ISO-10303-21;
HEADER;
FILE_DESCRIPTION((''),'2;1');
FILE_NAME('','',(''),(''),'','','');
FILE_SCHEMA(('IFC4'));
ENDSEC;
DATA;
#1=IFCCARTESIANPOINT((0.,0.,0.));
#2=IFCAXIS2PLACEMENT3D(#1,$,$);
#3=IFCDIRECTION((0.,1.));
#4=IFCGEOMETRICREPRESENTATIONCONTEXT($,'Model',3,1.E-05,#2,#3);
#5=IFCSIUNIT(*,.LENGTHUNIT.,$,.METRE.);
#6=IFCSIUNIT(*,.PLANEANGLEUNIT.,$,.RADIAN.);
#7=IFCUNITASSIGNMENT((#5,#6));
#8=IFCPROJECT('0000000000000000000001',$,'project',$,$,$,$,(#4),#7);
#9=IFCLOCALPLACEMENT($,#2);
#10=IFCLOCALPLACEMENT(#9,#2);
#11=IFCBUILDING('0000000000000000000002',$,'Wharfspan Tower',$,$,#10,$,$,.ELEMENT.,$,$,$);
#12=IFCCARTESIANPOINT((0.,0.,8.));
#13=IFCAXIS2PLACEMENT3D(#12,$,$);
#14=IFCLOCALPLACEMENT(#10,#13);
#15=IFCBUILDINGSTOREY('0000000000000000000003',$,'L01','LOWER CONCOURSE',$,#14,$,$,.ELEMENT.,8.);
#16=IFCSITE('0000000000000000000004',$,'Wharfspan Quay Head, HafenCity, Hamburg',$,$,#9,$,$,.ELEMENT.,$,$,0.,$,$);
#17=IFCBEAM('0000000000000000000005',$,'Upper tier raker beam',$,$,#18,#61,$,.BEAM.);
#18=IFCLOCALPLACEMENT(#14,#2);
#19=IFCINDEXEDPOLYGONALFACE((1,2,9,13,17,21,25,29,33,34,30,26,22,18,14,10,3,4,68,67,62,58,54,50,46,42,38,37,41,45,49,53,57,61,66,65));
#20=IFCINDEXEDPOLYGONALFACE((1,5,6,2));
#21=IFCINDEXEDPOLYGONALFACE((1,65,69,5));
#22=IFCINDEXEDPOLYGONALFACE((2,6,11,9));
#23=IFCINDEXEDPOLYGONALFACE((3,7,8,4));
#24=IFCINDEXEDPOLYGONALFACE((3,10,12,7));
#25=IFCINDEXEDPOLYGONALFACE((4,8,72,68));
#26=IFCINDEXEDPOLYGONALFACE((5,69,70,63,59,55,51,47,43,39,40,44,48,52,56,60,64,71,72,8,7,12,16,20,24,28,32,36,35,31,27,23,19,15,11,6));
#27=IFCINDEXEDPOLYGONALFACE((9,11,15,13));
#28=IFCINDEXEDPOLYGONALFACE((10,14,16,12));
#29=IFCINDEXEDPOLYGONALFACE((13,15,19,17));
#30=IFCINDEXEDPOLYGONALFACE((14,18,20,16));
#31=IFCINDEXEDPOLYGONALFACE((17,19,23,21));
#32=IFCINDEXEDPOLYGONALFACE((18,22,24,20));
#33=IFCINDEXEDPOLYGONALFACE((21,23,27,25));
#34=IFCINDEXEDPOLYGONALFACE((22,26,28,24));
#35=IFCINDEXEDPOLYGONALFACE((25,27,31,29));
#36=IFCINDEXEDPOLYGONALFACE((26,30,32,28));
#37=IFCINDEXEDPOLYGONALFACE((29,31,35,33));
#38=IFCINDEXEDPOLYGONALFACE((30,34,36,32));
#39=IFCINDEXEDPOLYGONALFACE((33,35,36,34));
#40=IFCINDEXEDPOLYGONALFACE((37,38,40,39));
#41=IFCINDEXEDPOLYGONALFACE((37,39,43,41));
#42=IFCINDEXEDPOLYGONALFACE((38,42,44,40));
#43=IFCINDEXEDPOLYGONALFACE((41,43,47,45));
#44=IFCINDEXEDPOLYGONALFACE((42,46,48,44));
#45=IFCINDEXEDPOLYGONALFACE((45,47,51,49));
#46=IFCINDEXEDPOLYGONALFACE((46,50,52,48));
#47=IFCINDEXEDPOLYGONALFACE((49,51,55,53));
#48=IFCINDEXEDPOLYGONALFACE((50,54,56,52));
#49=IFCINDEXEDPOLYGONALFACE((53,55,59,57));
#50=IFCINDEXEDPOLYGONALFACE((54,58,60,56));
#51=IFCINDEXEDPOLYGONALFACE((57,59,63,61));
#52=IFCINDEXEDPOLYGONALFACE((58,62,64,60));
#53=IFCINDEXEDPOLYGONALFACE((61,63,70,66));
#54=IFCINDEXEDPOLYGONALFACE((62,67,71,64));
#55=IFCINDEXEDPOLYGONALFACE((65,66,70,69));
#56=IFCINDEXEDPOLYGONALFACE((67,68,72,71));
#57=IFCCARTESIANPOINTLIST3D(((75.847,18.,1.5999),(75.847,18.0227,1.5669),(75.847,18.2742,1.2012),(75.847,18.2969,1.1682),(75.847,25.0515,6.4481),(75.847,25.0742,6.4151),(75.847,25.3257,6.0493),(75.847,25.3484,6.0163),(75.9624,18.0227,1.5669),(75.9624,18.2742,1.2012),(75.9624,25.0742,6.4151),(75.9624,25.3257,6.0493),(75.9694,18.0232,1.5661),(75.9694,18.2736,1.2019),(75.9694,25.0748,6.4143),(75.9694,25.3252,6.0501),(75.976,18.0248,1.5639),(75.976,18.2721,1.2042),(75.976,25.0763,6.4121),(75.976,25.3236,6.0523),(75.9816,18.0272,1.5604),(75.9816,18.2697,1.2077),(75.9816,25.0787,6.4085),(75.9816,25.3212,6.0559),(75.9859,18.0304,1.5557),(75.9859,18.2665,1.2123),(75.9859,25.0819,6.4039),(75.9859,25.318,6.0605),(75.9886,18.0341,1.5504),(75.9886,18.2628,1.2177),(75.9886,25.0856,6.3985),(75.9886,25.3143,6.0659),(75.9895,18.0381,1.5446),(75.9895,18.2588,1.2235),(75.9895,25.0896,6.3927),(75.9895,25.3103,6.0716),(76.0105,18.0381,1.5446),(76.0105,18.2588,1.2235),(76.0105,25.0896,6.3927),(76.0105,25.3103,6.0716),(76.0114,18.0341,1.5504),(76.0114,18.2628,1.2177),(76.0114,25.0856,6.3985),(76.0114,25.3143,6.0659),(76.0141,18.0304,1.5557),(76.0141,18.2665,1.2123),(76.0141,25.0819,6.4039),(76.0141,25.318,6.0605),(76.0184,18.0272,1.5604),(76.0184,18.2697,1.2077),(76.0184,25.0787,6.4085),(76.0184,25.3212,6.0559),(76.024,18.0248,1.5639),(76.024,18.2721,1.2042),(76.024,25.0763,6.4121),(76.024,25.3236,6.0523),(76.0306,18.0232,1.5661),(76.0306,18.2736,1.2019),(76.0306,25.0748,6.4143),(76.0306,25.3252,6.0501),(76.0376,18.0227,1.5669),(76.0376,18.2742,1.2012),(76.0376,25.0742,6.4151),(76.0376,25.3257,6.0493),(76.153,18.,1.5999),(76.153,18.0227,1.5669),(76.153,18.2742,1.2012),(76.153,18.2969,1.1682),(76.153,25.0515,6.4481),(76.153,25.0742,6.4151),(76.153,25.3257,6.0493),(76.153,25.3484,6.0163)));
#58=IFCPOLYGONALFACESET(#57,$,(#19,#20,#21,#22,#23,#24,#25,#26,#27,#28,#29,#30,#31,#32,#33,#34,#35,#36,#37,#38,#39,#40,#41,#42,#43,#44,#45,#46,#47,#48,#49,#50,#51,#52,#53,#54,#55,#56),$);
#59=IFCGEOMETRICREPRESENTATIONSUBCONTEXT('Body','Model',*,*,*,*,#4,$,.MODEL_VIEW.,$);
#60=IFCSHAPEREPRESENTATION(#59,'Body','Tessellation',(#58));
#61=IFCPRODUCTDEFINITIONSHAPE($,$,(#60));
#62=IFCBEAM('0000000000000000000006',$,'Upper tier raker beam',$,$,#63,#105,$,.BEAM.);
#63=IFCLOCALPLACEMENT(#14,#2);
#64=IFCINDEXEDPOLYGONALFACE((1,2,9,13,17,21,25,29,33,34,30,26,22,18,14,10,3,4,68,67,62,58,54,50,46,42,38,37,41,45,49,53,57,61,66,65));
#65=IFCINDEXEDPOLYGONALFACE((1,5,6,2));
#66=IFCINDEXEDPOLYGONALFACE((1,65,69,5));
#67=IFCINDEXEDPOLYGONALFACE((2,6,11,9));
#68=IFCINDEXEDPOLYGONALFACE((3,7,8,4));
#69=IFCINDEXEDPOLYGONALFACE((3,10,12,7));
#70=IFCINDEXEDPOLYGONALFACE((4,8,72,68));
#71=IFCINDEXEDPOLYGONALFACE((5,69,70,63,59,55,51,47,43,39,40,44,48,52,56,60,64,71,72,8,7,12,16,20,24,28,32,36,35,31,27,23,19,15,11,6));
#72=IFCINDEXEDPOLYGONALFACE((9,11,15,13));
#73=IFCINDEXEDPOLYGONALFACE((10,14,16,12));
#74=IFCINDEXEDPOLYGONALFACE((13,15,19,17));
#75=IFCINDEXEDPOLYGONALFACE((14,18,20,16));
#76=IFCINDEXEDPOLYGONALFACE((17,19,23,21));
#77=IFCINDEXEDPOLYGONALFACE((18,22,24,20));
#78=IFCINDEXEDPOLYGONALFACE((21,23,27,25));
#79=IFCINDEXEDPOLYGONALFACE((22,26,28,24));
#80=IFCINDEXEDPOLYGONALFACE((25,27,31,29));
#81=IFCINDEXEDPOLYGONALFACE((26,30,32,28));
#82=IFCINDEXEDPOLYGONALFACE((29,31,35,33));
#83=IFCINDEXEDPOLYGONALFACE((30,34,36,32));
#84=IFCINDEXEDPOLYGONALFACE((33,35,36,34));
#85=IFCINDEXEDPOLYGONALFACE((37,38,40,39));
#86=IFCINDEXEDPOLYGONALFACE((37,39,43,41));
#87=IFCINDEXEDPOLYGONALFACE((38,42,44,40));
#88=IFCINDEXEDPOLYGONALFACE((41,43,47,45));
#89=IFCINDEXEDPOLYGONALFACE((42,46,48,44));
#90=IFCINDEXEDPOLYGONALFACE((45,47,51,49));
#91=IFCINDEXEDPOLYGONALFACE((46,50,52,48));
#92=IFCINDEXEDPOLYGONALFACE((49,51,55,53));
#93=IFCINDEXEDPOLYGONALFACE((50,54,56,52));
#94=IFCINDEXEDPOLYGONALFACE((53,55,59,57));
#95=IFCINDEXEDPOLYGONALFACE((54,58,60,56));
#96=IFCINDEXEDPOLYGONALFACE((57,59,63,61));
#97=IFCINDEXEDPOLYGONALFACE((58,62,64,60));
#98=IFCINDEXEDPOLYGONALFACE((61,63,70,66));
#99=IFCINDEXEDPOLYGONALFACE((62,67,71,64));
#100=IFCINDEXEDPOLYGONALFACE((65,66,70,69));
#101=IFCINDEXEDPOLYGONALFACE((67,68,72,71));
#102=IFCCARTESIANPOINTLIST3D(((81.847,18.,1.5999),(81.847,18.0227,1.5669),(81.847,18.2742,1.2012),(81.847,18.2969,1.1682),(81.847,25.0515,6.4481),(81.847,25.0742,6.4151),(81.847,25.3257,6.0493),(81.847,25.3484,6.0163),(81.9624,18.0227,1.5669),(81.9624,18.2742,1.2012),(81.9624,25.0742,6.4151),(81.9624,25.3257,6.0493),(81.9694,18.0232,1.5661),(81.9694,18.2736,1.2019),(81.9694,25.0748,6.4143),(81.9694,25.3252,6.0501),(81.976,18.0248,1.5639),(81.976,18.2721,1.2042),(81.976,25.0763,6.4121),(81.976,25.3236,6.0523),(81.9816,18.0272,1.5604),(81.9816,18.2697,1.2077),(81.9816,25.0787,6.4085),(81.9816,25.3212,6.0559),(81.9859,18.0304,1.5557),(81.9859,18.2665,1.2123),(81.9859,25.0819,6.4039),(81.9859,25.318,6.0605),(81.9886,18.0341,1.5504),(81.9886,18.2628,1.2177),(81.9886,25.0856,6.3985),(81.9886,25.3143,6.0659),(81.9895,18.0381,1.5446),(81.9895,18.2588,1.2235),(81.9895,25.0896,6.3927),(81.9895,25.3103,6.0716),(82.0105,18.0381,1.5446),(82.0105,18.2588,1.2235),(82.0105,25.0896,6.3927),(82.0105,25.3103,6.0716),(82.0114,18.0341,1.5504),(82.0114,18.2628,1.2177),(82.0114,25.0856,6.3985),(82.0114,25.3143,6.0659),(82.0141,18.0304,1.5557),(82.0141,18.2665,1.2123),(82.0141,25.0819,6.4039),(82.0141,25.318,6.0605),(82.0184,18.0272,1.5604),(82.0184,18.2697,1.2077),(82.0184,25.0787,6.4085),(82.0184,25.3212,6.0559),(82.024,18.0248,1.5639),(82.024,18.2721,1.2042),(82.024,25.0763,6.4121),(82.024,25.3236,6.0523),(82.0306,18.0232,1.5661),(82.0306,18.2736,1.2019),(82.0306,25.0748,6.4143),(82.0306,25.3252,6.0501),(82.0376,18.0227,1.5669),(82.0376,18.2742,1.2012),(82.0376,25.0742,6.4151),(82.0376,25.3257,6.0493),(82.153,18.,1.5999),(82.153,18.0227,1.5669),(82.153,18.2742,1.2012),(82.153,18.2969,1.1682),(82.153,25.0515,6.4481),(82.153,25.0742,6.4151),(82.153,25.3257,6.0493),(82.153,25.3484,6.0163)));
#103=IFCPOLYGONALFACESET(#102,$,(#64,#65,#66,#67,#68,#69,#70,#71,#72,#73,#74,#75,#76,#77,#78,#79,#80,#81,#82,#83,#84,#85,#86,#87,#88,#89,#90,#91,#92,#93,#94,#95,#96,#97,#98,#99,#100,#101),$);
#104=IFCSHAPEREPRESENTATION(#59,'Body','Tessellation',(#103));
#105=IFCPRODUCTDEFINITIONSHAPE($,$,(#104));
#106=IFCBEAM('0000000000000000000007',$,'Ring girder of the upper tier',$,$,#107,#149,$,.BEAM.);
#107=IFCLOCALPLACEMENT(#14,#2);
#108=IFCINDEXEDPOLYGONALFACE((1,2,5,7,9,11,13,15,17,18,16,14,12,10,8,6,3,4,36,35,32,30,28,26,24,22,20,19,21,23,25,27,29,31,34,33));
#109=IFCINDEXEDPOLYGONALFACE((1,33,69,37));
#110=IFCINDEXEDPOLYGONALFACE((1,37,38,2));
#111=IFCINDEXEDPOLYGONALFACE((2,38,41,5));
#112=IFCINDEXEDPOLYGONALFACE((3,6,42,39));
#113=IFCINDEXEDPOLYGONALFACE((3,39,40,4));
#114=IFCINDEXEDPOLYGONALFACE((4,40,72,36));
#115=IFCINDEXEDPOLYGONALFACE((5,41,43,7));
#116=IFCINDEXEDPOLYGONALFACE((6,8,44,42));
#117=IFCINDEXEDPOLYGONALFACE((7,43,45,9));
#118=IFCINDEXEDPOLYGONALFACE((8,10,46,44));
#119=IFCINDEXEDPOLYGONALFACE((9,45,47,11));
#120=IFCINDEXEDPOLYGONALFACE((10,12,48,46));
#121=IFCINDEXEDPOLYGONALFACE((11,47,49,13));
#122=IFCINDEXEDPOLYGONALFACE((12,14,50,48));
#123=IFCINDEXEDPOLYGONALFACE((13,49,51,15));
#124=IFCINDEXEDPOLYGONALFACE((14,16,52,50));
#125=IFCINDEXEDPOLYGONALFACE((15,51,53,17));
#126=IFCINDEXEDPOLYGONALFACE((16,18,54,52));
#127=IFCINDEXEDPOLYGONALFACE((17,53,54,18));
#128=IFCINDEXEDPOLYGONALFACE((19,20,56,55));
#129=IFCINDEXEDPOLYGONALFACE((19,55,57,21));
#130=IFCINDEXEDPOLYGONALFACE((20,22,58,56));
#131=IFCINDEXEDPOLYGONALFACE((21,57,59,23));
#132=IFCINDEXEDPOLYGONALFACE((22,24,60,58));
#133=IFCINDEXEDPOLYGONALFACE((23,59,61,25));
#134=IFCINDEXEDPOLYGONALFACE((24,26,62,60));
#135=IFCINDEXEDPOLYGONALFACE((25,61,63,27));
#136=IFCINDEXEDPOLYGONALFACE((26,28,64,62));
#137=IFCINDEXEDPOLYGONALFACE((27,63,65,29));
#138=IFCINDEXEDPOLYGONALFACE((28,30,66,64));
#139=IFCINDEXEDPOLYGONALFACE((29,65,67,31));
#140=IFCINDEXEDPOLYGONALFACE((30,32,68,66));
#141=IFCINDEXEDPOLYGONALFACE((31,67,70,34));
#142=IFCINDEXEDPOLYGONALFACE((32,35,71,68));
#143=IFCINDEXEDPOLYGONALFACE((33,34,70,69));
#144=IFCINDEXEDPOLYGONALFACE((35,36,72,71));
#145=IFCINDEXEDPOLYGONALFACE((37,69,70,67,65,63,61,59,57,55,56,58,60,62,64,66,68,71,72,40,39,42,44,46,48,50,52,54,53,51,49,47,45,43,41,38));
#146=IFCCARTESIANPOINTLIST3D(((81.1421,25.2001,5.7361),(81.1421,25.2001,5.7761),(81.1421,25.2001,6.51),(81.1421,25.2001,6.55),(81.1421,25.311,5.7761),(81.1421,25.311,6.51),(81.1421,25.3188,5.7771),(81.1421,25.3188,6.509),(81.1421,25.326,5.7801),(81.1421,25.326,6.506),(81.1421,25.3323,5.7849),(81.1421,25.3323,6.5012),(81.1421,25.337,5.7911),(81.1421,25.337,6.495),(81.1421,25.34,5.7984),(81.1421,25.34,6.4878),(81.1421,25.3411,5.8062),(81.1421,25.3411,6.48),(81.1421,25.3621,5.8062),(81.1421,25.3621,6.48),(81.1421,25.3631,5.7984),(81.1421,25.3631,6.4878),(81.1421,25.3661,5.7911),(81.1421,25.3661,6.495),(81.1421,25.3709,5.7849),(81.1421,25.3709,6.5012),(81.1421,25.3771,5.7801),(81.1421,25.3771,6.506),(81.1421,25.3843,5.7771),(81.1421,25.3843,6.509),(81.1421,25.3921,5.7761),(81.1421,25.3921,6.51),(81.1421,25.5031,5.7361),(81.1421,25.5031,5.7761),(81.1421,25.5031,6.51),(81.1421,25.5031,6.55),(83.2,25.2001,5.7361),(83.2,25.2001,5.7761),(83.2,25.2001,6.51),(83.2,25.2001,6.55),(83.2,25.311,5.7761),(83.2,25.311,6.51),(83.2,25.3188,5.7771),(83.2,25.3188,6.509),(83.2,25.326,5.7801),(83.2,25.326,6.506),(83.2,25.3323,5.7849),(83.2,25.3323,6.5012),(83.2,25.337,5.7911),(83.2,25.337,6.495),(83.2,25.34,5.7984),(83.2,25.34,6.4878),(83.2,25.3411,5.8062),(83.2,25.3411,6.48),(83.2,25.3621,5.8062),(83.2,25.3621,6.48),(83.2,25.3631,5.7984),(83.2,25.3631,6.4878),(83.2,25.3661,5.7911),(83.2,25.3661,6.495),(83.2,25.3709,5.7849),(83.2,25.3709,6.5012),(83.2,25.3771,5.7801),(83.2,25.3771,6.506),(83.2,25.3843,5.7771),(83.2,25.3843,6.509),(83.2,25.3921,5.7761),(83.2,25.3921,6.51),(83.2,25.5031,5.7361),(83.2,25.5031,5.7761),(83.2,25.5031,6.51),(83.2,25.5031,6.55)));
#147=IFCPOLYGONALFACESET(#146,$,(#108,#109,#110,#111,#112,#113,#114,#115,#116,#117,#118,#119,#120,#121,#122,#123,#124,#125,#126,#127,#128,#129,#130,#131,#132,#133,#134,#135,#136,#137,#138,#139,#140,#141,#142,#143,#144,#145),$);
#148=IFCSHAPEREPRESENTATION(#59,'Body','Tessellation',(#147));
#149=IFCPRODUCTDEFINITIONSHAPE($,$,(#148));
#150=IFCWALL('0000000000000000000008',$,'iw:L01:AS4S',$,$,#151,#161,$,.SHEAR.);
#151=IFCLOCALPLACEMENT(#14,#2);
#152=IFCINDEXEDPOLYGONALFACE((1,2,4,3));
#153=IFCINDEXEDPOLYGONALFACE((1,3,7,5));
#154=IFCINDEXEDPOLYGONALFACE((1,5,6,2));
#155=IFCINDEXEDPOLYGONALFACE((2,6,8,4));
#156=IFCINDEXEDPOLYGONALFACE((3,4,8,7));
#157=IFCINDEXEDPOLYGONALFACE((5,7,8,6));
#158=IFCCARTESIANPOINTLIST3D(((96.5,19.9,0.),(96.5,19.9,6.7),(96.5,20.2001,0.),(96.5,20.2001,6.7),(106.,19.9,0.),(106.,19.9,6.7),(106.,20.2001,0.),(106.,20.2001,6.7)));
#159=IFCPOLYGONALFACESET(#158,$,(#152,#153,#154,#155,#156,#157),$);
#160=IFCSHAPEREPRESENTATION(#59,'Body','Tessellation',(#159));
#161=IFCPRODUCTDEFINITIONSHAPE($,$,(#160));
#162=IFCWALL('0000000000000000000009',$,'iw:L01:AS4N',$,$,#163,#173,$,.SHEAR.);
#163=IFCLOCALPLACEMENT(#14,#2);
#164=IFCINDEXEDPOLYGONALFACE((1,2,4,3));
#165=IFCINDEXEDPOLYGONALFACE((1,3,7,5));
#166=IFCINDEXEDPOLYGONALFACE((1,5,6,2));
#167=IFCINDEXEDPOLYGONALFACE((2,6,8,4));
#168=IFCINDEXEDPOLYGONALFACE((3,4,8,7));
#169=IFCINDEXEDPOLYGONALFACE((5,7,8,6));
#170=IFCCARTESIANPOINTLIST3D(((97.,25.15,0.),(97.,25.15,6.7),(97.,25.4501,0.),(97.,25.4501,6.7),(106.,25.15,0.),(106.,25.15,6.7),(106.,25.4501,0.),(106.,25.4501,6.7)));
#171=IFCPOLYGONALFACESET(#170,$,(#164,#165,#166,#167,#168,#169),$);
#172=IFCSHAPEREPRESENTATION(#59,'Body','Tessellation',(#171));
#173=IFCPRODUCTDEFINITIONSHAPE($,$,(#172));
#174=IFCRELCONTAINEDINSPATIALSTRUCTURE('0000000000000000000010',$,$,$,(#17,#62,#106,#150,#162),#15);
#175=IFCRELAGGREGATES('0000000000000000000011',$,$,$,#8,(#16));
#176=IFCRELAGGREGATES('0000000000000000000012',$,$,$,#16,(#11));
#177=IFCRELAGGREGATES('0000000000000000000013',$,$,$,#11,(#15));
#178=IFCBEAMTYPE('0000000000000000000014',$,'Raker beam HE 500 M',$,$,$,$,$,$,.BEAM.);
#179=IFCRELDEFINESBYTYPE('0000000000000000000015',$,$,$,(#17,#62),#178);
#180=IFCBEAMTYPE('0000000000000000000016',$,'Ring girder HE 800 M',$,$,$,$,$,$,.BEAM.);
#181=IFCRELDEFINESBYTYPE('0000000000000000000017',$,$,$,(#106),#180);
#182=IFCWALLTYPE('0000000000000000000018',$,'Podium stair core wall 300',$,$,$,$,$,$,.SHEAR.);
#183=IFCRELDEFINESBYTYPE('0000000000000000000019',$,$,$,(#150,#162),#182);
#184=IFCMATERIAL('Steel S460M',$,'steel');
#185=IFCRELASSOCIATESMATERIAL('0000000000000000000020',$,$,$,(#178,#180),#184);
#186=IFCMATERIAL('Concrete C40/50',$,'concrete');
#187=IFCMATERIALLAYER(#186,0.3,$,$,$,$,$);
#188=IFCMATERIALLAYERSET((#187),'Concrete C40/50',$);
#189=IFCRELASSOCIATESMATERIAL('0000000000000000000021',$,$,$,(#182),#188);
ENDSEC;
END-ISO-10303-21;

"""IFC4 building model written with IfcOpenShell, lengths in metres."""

from ifc_helpers import new_model, si_unit, direction, frame, frame_2d, origin, origin_2d, place, context, subcontext, project, spatial, rectangle, i_section, extrude, material, layer, layer_set, material_profile, profile_set, type_object, element, save


model = new_model("IFC4")

# Units and contexts
model_context = context("Model", 3, precision=1e-05, world=origin(), true_north=direction((0.0, 1.0)))
body_context = subcontext(model_context, "Body", "Model", "MODEL_VIEW")
ifc_project = project(units=[si_unit("LENGTHUNIT", "METRE"), si_unit("PLANEANGLEUNIT", "RADIAN")], contexts=[model_context])

# Site, building, storey
site_placement = place(None, origin())
site = spatial("IfcSite", under=ifc_project, at=site_placement, Name="Wharfspan Quay Head, HafenCity, Hamburg", CompositionType="ELEMENT", RefElevation=0.0)
building_placement = place(site_placement, origin())
building = spatial("IfcBuilding", under=site, at=building_placement, Name="Wharfspan Tower", CompositionType="ELEMENT")
storey_placement = place(building_placement, frame((0.0, 0.0, 8.0)))
storey = spatial("IfcBuildingStorey", under=building, at=storey_placement, Name="L01", Description="LOWER CONCOURSE", CompositionType="ELEMENT", Elevation=8.0)

# Beams
ifc_material_1 = material(Name="Steel S460M", Category="steel")
ifc_material_profile_1 = material_profile(ifc_material_1, i_section(OverallWidth=0.3059, OverallDepth=0.5239, WebThickness=0.021, FlangeThickness=0.04, FilletRadius=0.0271, at=origin_2d()))
ifc_profile_set_1 = profile_set([ifc_material_profile_1], Name="Steel S460M")
beam_type_1 = type_object("IfcBeamType", Name="Raker beam HE 500 M", PredefinedType="BEAM", material=ifc_profile_set_1)
for number, where, z_axis, x_axis, name in (
    (1, (76.0, 18.1484, 1.384), (0.0, 0.824029, 0.566547), (-1.0, 0.0, 0.0), "Upper tier raker beam"),
    (2, (82.0, 18.1484, 1.384), (0.0, 0.824029, 0.566547), (-1.0, 0.0, 0.0), "Upper tier raker beam"),
):
    element("IfcBeam", number, at=place(storey_placement, frame(where, z_axis=z_axis, x_axis=x_axis)), inside=storey, type_object=beam_type_1, Name=name, PredefinedType="BEAM", context=body_context, shape_type="SweptSolid", body=[
        extrude(i_section(OverallWidth=0.3059, OverallDepth=0.5239, WebThickness=0.021, FlangeThickness=0.04, FilletRadius=0.0271, at=origin_2d()), origin(), (0.0, 0.0, 1.0), 8.5574),
    ])
ifc_material_profile_2 = material_profile(ifc_material_1, i_section(OverallWidth=0.303, OverallDepth=0.814, WebThickness=0.021, FlangeThickness=0.04, FilletRadius=0.03, at=origin_2d()))
ifc_profile_set_2 = profile_set([ifc_material_profile_2], Name="Steel S460M")
beam_type_2 = type_object("IfcBeamType", Name="Ring girder HE 800 M", PredefinedType="BEAM", material=ifc_profile_set_2)
beam_placement = place(storey_placement, frame((81.1421, 25.3516, 6.1431), z_axis=(1.0, 0.0, 0.0), x_axis=(0.0, 1.0, 0.0)))
element("IfcBeam", 3, at=beam_placement, inside=storey, type_object=beam_type_2, Name="Ring girder of the upper tier", PredefinedType="BEAM", context=body_context, shape_type="SweptSolid", body=[
    extrude(i_section(OverallWidth=0.303, OverallDepth=0.814, WebThickness=0.021, FlangeThickness=0.04, FilletRadius=0.03, at=origin_2d()), origin(), (0.0, 0.0, 1.0), 2.0579),
])

# Walls
ifc_material_2 = material(Name="Concrete C40/50", Category="concrete")
ifc_layer = layer(ifc_material_2, 0.3)
ifc_layer_set = layer_set([ifc_layer], Name="Concrete C40/50")
wall_type = type_object("IfcWallType", Name="Podium stair core wall 300", PredefinedType="SHEAR", material=ifc_layer_set)
wall_1_placement = place(storey_placement, frame((96.5, 20.05, 0.0), z_axis=(0.0, 0.0, 1.0), x_axis=(1.0, 0.0, 0.0)))
element("IfcWall", 4, at=wall_1_placement, inside=storey, type_object=wall_type, Name="iw:L01:AS4S", PredefinedType="SHEAR", context=body_context, shape_type="SweptSolid", body=[
    extrude(rectangle(XDim=9.5, YDim=0.3, at=frame_2d((4.75, 0.0))), origin(), (0.0, 0.0, 1.0), 6.7),
])
wall_2_placement = place(storey_placement, frame((97.0, 25.3, 0.0), z_axis=(0.0, 0.0, 1.0), x_axis=(1.0, 0.0, 0.0)))
element("IfcWall", 5, at=wall_2_placement, inside=storey, type_object=wall_type, Name="iw:L01:AS4N", PredefinedType="SHEAR", context=body_context, shape_type="SweptSolid", body=[
    extrude(rectangle(XDim=9.0, YDim=0.3, at=frame_2d((4.5, 0.0))), origin(), (0.0, 0.0, 1.0), 6.7),
])

save(model, "model.ifc")
